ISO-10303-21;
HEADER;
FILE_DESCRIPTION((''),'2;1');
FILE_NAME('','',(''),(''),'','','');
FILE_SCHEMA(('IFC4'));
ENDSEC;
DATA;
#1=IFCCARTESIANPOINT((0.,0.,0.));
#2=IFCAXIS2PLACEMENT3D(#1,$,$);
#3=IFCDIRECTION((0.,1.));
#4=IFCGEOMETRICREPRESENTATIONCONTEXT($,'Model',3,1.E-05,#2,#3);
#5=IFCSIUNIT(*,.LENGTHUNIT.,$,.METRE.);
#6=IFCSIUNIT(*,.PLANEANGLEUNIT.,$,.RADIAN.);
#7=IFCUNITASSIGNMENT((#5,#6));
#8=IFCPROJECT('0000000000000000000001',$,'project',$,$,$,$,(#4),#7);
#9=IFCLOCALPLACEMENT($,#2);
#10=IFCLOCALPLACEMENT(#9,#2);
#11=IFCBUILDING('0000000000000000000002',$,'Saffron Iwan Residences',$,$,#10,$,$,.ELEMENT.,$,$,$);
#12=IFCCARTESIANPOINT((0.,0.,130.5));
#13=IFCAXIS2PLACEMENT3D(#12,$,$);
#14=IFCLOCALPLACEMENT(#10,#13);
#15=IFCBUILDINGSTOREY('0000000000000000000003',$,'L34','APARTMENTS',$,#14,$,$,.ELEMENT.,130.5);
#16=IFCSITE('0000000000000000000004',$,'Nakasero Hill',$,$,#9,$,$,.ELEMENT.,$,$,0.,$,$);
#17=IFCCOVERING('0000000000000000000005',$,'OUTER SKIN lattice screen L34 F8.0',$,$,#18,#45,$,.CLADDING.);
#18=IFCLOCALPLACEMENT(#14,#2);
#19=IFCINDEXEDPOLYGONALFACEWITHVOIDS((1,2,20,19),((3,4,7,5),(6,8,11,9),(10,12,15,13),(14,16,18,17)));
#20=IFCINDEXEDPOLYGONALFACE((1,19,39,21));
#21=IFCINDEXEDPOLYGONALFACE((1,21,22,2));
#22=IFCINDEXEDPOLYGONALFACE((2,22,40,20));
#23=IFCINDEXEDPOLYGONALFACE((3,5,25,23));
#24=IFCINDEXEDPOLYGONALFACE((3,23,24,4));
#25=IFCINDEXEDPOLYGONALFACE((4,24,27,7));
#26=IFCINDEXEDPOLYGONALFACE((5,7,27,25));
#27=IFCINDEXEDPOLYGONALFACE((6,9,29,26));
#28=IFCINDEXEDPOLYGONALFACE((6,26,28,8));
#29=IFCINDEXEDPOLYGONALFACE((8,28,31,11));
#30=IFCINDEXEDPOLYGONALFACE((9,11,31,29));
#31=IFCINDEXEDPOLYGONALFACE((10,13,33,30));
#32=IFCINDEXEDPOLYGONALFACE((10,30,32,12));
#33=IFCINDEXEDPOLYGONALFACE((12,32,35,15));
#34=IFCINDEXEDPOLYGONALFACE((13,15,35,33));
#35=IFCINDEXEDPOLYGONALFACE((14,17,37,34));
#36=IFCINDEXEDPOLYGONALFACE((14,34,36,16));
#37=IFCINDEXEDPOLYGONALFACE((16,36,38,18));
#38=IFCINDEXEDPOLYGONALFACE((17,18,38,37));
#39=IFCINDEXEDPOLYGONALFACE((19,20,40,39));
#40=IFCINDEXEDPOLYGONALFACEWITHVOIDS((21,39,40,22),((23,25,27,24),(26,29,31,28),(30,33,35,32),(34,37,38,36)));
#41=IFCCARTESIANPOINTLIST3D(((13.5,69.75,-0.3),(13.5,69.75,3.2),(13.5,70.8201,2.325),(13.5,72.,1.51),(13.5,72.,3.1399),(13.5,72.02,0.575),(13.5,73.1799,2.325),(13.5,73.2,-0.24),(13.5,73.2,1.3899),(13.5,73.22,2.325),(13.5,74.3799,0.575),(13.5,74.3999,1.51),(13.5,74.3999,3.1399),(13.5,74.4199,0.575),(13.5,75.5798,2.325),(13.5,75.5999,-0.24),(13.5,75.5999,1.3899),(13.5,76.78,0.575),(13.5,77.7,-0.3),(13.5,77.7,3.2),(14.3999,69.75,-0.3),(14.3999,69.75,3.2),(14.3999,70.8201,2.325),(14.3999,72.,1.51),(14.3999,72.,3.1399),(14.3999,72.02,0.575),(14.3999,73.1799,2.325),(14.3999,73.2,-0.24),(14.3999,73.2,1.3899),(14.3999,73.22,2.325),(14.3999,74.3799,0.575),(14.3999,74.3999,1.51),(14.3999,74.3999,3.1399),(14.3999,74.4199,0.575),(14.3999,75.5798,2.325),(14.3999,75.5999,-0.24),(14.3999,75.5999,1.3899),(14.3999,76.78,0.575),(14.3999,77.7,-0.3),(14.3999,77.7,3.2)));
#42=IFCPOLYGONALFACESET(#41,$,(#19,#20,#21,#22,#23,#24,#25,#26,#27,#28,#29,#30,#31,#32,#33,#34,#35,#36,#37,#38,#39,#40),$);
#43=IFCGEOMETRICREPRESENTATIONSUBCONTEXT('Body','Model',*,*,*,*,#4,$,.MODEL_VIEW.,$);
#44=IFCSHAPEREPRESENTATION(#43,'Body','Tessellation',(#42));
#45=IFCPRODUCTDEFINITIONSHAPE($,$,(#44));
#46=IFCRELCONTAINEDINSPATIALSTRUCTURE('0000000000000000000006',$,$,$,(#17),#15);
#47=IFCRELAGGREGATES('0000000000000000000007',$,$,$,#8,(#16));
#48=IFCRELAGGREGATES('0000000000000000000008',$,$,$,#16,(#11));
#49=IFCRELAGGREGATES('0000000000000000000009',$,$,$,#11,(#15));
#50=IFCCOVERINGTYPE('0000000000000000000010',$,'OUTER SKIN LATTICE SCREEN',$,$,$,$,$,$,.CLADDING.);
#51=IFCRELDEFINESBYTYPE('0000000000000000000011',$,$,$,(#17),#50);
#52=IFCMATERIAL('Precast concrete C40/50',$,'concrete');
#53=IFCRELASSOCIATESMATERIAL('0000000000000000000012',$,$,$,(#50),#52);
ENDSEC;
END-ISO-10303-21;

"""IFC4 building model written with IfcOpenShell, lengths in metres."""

from ifc_helpers import new_model, si_unit, direction, frame, origin, place, context, subcontext, project, spatial, polyline, outline, extrude, material, type_object, element, save


model = new_model("IFC4")

# Units and contexts
model_context = context("Model", 3, precision=1e-05, world=origin(), true_north=direction((0.0, 1.0)))
body_context = subcontext(model_context, "Body", "Model", "MODEL_VIEW")
ifc_project = project(units=[si_unit("LENGTHUNIT", "METRE"), si_unit("PLANEANGLEUNIT", "RADIAN")], contexts=[model_context])

# Site, building, storey
site_placement = place(None, origin())
site = spatial("IfcSite", under=ifc_project, at=site_placement, Name="Nakasero Hill", CompositionType="ELEMENT", RefElevation=0.0)
building_placement = place(site_placement, origin())
building = spatial("IfcBuilding", under=site, at=building_placement, Name="Saffron Iwan Residences", CompositionType="ELEMENT")
storey_placement = place(building_placement, frame((0.0, 0.0, 130.5)))
storey = spatial("IfcBuildingStorey", under=building, at=storey_placement, Name="L34", Description="APARTMENTS", CompositionType="ELEMENT", Elevation=130.5)

# Covering
ifc_material_1 = material(Name="Precast concrete C40/50", Category="concrete")
covering_type = type_object("IfcCoveringType", Name="OUTER SKIN LATTICE SCREEN", PredefinedType="CLADDING", material=ifc_material_1)
covering_placement = place(storey_placement, frame((14.3999, 77.7, -0.3), z_axis=(-1.0, 0.0, 0.0), x_axis=(0.0, -1.0, 0.0)))
element("IfcCovering", 1, at=covering_placement, inside=storey, type_object=covering_type, Name="OUTER SKIN lattice screen L34 F8.0", PredefinedType="CLADDING", context=body_context, shape_type="SweptSolid", body=[
    extrude(outline(polyline([(0.0, 0.0), (7.95, 0.0), (7.95, 3.5), (0.0, 3.5), (0.0, 0.0)]), holes=[polyline([(0.9199, 0.875), (2.1001, 0.0601), (3.28, 0.875), (2.1001, 1.6899), (0.9199, 0.875)]), polyline([(3.3201, 0.875), (4.5, 0.0601), (5.6799, 0.875), (4.5, 1.6899), (3.3201, 0.875)]), polyline([(2.1201, 2.625), (3.3, 1.8101), (4.48, 2.625), (3.3, 3.4399), (2.1201, 2.625)]), polyline([(4.52, 2.625), (5.7, 1.8101), (6.8799, 2.625), (5.7, 3.4399), (4.52, 2.625)])]), origin(), (0.0, 0.0, 1.0), 0.8999),
])

save(model, "model.ifc")
